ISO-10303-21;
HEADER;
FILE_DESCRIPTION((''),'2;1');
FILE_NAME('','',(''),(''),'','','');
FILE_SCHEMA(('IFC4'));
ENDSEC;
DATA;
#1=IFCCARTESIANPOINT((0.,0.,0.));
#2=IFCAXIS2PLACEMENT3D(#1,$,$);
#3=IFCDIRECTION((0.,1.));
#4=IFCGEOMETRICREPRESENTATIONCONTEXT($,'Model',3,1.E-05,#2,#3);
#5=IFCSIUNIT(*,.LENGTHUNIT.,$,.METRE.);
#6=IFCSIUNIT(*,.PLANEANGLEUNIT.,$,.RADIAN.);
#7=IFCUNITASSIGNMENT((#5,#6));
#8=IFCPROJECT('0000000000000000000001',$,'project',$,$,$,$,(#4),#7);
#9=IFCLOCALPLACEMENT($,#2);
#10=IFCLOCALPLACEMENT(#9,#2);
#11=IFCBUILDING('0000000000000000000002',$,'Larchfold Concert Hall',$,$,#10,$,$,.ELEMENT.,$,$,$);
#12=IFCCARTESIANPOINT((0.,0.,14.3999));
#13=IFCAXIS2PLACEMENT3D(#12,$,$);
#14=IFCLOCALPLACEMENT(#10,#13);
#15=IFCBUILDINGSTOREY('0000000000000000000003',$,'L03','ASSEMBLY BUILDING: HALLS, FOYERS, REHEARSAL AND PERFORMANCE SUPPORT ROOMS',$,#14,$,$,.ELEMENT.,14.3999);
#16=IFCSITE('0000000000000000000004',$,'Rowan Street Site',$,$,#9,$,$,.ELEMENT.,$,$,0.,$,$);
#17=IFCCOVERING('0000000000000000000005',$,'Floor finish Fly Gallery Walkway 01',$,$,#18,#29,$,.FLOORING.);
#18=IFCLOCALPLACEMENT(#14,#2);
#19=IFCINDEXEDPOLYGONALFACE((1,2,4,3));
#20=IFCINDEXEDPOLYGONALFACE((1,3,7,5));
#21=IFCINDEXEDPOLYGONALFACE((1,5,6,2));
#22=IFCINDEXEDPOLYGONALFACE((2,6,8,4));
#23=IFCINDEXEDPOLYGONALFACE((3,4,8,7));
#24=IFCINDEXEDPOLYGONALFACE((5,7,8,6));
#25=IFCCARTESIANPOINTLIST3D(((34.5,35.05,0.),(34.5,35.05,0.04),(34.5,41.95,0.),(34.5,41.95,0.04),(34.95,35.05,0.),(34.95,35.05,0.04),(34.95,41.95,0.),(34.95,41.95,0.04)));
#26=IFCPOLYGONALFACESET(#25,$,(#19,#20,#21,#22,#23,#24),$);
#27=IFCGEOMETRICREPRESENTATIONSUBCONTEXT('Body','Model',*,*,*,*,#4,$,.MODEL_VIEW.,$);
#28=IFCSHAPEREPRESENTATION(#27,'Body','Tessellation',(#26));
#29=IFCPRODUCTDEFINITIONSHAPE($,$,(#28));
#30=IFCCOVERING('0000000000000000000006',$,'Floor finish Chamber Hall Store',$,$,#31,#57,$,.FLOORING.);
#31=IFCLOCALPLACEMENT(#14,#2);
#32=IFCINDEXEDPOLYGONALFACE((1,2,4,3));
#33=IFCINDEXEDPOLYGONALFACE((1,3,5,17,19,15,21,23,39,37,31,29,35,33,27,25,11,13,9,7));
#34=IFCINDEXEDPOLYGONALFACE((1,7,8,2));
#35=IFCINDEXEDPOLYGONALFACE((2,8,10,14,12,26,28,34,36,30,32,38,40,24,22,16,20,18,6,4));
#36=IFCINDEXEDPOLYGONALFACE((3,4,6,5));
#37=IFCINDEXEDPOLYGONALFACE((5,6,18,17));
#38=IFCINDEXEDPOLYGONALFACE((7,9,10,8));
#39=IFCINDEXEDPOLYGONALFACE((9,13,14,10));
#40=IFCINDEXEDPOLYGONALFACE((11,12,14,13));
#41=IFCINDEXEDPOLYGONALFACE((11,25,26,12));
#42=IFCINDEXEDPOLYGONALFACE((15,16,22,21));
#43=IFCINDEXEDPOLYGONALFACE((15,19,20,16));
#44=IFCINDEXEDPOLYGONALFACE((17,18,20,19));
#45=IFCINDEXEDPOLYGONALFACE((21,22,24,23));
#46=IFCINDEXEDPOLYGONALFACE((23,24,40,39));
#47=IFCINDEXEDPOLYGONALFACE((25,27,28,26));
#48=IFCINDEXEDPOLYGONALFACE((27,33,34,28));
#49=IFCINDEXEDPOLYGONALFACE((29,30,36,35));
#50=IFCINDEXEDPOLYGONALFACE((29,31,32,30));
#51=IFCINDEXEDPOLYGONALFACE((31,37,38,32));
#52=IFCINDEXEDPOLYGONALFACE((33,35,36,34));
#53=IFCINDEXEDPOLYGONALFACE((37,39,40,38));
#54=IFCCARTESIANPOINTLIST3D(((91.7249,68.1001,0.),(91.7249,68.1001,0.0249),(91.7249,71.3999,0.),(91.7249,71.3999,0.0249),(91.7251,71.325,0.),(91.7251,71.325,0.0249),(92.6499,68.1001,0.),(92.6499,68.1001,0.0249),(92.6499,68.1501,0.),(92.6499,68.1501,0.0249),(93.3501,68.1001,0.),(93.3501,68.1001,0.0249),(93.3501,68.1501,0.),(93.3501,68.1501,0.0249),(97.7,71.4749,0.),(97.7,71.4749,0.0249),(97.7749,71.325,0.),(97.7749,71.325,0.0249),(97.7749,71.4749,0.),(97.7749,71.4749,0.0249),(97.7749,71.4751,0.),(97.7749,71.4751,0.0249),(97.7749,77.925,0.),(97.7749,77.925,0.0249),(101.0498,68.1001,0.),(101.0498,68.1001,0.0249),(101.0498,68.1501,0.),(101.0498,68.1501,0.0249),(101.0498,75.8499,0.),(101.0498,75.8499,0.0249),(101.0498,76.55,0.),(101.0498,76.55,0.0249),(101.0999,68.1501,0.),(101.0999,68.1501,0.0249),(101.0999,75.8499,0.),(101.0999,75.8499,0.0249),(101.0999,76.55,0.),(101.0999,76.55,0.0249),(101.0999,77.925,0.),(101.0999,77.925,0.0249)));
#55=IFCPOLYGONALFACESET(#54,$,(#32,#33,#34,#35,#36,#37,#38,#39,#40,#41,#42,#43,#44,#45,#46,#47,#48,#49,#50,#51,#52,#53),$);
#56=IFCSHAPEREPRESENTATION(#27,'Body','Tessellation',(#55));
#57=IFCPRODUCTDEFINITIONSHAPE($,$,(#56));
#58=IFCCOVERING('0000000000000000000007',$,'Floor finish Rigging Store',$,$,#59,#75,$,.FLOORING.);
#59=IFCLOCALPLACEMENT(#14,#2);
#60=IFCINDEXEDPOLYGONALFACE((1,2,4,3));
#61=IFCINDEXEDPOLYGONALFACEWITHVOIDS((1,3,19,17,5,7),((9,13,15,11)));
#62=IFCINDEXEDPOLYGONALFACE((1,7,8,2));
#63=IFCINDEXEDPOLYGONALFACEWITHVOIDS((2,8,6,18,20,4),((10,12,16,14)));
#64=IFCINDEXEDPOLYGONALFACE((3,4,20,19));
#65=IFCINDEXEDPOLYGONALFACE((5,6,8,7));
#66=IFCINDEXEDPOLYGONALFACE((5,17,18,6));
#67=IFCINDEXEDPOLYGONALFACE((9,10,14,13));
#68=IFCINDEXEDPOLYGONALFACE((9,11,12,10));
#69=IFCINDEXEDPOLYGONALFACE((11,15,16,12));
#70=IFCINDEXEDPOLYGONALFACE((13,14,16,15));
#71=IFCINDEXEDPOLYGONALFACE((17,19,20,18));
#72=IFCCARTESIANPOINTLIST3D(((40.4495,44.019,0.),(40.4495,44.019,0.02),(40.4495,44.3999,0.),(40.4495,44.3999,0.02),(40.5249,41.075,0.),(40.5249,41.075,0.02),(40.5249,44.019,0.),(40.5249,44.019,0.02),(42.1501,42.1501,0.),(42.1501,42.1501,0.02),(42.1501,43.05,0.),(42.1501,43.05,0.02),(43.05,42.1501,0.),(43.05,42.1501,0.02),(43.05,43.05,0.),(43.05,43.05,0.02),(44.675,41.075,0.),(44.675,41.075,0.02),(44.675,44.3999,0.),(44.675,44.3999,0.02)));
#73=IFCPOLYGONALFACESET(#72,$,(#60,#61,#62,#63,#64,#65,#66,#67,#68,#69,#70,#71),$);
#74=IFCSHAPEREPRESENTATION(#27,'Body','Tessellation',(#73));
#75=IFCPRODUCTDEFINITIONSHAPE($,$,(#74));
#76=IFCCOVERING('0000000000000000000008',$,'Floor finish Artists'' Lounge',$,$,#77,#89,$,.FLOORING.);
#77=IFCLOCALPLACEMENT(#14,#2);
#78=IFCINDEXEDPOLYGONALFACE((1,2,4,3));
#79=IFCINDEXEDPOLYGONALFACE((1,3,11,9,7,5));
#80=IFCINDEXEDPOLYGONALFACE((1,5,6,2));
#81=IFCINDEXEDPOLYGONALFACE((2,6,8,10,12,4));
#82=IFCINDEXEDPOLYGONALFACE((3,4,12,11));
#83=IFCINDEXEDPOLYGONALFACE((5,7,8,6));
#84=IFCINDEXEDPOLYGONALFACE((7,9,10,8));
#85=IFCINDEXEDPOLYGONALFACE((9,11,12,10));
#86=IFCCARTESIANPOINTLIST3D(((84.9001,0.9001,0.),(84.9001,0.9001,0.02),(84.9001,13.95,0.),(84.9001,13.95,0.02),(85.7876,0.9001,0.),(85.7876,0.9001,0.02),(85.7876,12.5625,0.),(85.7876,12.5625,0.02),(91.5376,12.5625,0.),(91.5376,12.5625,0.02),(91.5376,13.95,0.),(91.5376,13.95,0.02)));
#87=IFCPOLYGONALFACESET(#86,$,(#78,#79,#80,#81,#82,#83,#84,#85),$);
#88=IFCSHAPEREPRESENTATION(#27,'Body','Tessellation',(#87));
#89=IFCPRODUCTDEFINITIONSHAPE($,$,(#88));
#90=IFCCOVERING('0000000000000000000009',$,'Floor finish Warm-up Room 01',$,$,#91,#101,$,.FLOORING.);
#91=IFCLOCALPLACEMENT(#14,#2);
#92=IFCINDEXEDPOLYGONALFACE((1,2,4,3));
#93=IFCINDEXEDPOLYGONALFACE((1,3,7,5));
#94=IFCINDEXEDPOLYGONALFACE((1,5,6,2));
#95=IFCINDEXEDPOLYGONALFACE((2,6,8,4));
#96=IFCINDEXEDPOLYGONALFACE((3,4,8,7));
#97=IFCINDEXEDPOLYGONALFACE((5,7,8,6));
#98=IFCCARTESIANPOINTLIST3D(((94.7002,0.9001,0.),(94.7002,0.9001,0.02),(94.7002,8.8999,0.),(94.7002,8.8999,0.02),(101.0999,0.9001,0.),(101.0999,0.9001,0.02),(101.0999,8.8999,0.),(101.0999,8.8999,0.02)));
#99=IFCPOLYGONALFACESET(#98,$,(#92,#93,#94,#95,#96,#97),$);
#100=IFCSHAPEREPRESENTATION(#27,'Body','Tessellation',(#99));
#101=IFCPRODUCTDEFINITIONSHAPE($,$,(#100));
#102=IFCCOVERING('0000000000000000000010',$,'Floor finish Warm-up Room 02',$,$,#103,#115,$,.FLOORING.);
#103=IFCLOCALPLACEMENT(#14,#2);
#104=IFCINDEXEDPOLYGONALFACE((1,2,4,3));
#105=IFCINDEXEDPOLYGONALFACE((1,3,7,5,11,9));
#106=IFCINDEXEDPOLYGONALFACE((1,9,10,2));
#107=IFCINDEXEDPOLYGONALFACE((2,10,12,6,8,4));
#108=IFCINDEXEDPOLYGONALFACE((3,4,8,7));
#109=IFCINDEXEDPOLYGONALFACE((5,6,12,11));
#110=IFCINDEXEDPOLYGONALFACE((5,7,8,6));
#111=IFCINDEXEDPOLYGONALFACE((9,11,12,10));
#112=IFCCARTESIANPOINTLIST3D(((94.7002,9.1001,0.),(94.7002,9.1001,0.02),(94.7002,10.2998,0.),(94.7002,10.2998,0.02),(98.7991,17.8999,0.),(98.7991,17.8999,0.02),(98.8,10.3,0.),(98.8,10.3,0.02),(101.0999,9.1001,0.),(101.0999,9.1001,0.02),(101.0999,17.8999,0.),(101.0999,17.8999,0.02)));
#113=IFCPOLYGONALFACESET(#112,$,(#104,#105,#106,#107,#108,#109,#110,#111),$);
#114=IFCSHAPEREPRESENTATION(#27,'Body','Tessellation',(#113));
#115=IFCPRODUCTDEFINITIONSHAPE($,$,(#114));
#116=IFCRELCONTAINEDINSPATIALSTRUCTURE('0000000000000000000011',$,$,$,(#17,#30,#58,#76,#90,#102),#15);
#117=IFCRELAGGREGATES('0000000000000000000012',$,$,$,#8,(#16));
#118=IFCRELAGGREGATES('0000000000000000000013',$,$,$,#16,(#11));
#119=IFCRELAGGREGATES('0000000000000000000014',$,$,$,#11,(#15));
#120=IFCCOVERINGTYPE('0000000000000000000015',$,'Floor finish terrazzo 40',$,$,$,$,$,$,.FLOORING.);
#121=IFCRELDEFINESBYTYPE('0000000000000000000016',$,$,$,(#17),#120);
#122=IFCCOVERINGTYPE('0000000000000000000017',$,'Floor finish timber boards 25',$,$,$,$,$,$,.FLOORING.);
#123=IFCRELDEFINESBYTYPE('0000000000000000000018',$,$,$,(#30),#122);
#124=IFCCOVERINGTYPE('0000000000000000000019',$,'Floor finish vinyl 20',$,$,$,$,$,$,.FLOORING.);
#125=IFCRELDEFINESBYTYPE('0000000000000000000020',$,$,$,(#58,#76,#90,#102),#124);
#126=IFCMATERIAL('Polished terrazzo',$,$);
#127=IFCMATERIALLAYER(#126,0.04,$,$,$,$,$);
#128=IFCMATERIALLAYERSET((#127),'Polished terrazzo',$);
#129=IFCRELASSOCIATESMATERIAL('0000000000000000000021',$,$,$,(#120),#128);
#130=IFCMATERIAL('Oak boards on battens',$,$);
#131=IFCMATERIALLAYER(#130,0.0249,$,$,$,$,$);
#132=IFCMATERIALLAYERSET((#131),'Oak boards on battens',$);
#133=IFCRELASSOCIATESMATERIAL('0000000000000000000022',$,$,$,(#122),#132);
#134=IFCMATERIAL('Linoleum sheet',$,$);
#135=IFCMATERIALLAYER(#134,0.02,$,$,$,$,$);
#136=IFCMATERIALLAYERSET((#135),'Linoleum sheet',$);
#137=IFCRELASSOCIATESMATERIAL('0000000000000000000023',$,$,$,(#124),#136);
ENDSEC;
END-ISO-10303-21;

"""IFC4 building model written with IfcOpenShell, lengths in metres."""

from ifc_helpers import new_model, si_unit, direction, frame, origin, place, context, subcontext, project, spatial, polyline, outline, extrude, material, layer, layer_set, type_object, element, save


model = new_model("IFC4")

# Units and contexts
model_context = context("Model", 3, precision=1e-05, world=origin(), true_north=direction((0.0, 1.0)))
body_context = subcontext(model_context, "Body", "Model", "MODEL_VIEW")
ifc_project = project(units=[si_unit("LENGTHUNIT", "METRE"), si_unit("PLANEANGLEUNIT", "RADIAN")], contexts=[model_context])

# Site, building, storey
site_placement = place(None, origin())
site = spatial("IfcSite", under=ifc_project, at=site_placement, Name="Rowan Street Site", CompositionType="ELEMENT", RefElevation=0.0)
building_placement = place(site_placement, origin())
building = spatial("IfcBuilding", under=site, at=building_placement, Name="Larchfold Concert Hall", CompositionType="ELEMENT")
storey_placement = place(building_placement, frame((0.0, 0.0, 14.3999)))
storey = spatial("IfcBuildingStorey", under=building, at=storey_placement, Name="L03", Description="ASSEMBLY BUILDING: HALLS, FOYERS, REHEARSAL AND PERFORMANCE SUPPORT ROOMS", CompositionType="ELEMENT", Elevation=14.3999)

# Coverings
ifc_material_1 = material(Name="Polished terrazzo")
ifc_layer_1 = layer(ifc_material_1, 0.04)
ifc_layer_set_1 = layer_set([ifc_layer_1], Name="Polished terrazzo")
covering_type_1 = type_object("IfcCoveringType", Name="Floor finish terrazzo 40", PredefinedType="FLOORING", material=ifc_layer_set_1)
covering_1_placement = place(storey_placement, origin())
element("IfcCovering", 1, at=covering_1_placement, inside=storey, type_object=covering_type_1, Name="Floor finish Fly Gallery Walkway 01", PredefinedType="FLOORING", context=body_context, shape_type="SweptSolid", body=[
    extrude(outline(polyline([(34.5, 35.05), (34.95, 35.05), (34.95, 41.95), (34.5, 41.95), (34.5, 35.05)])), origin(), (0.0, 0.0, 1.0), 0.04),
])
ifc_material_2 = material(Name="Oak boards on battens")
ifc_layer_2 = layer(ifc_material_2, 0.0249)
ifc_layer_set_2 = layer_set([ifc_layer_2], Name="Oak boards on battens")
covering_type_2 = type_object("IfcCoveringType", Name="Floor finish timber boards 25", PredefinedType="FLOORING", material=ifc_layer_set_2)
covering_2_placement = place(storey_placement, origin())
element("IfcCovering", 2, at=covering_2_placement, inside=storey, type_object=covering_type_2, Name="Floor finish Chamber Hall Store", PredefinedType="FLOORING", context=body_context, shape_type="SweptSolid", body=[
    extrude(outline(polyline([(101.0999, 76.55), (101.0999, 77.925), (97.7749, 77.925), (97.7749, 71.4751), (97.7, 71.4749), (97.7749, 71.4749), (97.7749, 71.325), (91.7251, 71.325), (91.7249, 71.3999), (91.7249, 68.1001), (92.6499, 68.1001), (92.6499, 68.1501), (93.3501, 68.1501), (93.3501, 68.1001), (101.0498, 68.1001), (101.0498, 68.1501), (101.0999, 68.1501), (101.0999, 75.8499), (101.0498, 75.8499), (101.0498, 76.55), (101.0999, 76.55)])), origin(), (0.0, 0.0, 1.0), 0.0249),
])
ifc_material_3 = material(Name="Linoleum sheet")
ifc_layer_3 = layer(ifc_material_3, 0.02)
ifc_layer_set_3 = layer_set([ifc_layer_3], Name="Linoleum sheet")
covering_type_3 = type_object("IfcCoveringType", Name="Floor finish vinyl 20", PredefinedType="FLOORING", material=ifc_layer_set_3)
covering_3_placement = place(storey_placement, origin())
element("IfcCovering", 3, at=covering_3_placement, inside=storey, type_object=covering_type_3, Name="Floor finish Rigging Store", PredefinedType="FLOORING", context=body_context, shape_type="SweptSolid", body=[
    extrude(outline(polyline([(40.4495, 44.3999), (40.4495, 44.019), (40.5249, 44.019), (40.5249, 41.075), (44.675, 41.075), (44.675, 44.3999), (40.4495, 44.3999)]), holes=[polyline([(43.05, 43.05), (43.05, 42.1501), (42.1501, 42.1501), (42.1501, 43.05), (43.05, 43.05)])]), origin(), (0.0, 0.0, 1.0), 0.02),
])
covering_4_placement = place(storey_placement, origin())
element("IfcCovering", 4, at=covering_4_placement, inside=storey, type_object=covering_type_3, Name="Floor finish Artists' Lounge", PredefinedType="FLOORING", context=body_context, shape_type="SweptSolid", body=[
    extrude(outline(polyline([(84.9001, 13.95), (84.9001, 0.9001), (85.7876, 0.9001), (85.7876, 12.5625), (91.5376, 12.5625), (91.5376, 13.95), (84.9001, 13.95)])), origin(), (0.0, 0.0, 1.0), 0.02),
])
covering_5_placement = place(storey_placement, origin())
element("IfcCovering", 5, at=covering_5_placement, inside=storey, type_object=covering_type_3, Name="Floor finish Warm-up Room 01", PredefinedType="FLOORING", context=body_context, shape_type="SweptSolid", body=[
    extrude(outline(polyline([(101.0999, 0.9001), (101.0999, 8.8999), (94.7002, 8.8999), (94.7002, 0.9001), (101.0999, 0.9001)])), origin(), (0.0, 0.0, 1.0), 0.02),
])
covering_6_placement = place(storey_placement, origin())
element("IfcCovering", 6, at=covering_6_placement, inside=storey, type_object=covering_type_3, Name="Floor finish Warm-up Room 02", PredefinedType="FLOORING", context=body_context, shape_type="SweptSolid", body=[
    extrude(outline(polyline([(94.7002, 10.2998), (94.7002, 9.1001), (101.0999, 9.1001), (101.0999, 17.8999), (98.7991, 17.8999), (98.8, 10.3), (94.7002, 10.2998)])), origin(), (0.0, 0.0, 1.0), 0.02),
])

save(model, "model.ifc")
